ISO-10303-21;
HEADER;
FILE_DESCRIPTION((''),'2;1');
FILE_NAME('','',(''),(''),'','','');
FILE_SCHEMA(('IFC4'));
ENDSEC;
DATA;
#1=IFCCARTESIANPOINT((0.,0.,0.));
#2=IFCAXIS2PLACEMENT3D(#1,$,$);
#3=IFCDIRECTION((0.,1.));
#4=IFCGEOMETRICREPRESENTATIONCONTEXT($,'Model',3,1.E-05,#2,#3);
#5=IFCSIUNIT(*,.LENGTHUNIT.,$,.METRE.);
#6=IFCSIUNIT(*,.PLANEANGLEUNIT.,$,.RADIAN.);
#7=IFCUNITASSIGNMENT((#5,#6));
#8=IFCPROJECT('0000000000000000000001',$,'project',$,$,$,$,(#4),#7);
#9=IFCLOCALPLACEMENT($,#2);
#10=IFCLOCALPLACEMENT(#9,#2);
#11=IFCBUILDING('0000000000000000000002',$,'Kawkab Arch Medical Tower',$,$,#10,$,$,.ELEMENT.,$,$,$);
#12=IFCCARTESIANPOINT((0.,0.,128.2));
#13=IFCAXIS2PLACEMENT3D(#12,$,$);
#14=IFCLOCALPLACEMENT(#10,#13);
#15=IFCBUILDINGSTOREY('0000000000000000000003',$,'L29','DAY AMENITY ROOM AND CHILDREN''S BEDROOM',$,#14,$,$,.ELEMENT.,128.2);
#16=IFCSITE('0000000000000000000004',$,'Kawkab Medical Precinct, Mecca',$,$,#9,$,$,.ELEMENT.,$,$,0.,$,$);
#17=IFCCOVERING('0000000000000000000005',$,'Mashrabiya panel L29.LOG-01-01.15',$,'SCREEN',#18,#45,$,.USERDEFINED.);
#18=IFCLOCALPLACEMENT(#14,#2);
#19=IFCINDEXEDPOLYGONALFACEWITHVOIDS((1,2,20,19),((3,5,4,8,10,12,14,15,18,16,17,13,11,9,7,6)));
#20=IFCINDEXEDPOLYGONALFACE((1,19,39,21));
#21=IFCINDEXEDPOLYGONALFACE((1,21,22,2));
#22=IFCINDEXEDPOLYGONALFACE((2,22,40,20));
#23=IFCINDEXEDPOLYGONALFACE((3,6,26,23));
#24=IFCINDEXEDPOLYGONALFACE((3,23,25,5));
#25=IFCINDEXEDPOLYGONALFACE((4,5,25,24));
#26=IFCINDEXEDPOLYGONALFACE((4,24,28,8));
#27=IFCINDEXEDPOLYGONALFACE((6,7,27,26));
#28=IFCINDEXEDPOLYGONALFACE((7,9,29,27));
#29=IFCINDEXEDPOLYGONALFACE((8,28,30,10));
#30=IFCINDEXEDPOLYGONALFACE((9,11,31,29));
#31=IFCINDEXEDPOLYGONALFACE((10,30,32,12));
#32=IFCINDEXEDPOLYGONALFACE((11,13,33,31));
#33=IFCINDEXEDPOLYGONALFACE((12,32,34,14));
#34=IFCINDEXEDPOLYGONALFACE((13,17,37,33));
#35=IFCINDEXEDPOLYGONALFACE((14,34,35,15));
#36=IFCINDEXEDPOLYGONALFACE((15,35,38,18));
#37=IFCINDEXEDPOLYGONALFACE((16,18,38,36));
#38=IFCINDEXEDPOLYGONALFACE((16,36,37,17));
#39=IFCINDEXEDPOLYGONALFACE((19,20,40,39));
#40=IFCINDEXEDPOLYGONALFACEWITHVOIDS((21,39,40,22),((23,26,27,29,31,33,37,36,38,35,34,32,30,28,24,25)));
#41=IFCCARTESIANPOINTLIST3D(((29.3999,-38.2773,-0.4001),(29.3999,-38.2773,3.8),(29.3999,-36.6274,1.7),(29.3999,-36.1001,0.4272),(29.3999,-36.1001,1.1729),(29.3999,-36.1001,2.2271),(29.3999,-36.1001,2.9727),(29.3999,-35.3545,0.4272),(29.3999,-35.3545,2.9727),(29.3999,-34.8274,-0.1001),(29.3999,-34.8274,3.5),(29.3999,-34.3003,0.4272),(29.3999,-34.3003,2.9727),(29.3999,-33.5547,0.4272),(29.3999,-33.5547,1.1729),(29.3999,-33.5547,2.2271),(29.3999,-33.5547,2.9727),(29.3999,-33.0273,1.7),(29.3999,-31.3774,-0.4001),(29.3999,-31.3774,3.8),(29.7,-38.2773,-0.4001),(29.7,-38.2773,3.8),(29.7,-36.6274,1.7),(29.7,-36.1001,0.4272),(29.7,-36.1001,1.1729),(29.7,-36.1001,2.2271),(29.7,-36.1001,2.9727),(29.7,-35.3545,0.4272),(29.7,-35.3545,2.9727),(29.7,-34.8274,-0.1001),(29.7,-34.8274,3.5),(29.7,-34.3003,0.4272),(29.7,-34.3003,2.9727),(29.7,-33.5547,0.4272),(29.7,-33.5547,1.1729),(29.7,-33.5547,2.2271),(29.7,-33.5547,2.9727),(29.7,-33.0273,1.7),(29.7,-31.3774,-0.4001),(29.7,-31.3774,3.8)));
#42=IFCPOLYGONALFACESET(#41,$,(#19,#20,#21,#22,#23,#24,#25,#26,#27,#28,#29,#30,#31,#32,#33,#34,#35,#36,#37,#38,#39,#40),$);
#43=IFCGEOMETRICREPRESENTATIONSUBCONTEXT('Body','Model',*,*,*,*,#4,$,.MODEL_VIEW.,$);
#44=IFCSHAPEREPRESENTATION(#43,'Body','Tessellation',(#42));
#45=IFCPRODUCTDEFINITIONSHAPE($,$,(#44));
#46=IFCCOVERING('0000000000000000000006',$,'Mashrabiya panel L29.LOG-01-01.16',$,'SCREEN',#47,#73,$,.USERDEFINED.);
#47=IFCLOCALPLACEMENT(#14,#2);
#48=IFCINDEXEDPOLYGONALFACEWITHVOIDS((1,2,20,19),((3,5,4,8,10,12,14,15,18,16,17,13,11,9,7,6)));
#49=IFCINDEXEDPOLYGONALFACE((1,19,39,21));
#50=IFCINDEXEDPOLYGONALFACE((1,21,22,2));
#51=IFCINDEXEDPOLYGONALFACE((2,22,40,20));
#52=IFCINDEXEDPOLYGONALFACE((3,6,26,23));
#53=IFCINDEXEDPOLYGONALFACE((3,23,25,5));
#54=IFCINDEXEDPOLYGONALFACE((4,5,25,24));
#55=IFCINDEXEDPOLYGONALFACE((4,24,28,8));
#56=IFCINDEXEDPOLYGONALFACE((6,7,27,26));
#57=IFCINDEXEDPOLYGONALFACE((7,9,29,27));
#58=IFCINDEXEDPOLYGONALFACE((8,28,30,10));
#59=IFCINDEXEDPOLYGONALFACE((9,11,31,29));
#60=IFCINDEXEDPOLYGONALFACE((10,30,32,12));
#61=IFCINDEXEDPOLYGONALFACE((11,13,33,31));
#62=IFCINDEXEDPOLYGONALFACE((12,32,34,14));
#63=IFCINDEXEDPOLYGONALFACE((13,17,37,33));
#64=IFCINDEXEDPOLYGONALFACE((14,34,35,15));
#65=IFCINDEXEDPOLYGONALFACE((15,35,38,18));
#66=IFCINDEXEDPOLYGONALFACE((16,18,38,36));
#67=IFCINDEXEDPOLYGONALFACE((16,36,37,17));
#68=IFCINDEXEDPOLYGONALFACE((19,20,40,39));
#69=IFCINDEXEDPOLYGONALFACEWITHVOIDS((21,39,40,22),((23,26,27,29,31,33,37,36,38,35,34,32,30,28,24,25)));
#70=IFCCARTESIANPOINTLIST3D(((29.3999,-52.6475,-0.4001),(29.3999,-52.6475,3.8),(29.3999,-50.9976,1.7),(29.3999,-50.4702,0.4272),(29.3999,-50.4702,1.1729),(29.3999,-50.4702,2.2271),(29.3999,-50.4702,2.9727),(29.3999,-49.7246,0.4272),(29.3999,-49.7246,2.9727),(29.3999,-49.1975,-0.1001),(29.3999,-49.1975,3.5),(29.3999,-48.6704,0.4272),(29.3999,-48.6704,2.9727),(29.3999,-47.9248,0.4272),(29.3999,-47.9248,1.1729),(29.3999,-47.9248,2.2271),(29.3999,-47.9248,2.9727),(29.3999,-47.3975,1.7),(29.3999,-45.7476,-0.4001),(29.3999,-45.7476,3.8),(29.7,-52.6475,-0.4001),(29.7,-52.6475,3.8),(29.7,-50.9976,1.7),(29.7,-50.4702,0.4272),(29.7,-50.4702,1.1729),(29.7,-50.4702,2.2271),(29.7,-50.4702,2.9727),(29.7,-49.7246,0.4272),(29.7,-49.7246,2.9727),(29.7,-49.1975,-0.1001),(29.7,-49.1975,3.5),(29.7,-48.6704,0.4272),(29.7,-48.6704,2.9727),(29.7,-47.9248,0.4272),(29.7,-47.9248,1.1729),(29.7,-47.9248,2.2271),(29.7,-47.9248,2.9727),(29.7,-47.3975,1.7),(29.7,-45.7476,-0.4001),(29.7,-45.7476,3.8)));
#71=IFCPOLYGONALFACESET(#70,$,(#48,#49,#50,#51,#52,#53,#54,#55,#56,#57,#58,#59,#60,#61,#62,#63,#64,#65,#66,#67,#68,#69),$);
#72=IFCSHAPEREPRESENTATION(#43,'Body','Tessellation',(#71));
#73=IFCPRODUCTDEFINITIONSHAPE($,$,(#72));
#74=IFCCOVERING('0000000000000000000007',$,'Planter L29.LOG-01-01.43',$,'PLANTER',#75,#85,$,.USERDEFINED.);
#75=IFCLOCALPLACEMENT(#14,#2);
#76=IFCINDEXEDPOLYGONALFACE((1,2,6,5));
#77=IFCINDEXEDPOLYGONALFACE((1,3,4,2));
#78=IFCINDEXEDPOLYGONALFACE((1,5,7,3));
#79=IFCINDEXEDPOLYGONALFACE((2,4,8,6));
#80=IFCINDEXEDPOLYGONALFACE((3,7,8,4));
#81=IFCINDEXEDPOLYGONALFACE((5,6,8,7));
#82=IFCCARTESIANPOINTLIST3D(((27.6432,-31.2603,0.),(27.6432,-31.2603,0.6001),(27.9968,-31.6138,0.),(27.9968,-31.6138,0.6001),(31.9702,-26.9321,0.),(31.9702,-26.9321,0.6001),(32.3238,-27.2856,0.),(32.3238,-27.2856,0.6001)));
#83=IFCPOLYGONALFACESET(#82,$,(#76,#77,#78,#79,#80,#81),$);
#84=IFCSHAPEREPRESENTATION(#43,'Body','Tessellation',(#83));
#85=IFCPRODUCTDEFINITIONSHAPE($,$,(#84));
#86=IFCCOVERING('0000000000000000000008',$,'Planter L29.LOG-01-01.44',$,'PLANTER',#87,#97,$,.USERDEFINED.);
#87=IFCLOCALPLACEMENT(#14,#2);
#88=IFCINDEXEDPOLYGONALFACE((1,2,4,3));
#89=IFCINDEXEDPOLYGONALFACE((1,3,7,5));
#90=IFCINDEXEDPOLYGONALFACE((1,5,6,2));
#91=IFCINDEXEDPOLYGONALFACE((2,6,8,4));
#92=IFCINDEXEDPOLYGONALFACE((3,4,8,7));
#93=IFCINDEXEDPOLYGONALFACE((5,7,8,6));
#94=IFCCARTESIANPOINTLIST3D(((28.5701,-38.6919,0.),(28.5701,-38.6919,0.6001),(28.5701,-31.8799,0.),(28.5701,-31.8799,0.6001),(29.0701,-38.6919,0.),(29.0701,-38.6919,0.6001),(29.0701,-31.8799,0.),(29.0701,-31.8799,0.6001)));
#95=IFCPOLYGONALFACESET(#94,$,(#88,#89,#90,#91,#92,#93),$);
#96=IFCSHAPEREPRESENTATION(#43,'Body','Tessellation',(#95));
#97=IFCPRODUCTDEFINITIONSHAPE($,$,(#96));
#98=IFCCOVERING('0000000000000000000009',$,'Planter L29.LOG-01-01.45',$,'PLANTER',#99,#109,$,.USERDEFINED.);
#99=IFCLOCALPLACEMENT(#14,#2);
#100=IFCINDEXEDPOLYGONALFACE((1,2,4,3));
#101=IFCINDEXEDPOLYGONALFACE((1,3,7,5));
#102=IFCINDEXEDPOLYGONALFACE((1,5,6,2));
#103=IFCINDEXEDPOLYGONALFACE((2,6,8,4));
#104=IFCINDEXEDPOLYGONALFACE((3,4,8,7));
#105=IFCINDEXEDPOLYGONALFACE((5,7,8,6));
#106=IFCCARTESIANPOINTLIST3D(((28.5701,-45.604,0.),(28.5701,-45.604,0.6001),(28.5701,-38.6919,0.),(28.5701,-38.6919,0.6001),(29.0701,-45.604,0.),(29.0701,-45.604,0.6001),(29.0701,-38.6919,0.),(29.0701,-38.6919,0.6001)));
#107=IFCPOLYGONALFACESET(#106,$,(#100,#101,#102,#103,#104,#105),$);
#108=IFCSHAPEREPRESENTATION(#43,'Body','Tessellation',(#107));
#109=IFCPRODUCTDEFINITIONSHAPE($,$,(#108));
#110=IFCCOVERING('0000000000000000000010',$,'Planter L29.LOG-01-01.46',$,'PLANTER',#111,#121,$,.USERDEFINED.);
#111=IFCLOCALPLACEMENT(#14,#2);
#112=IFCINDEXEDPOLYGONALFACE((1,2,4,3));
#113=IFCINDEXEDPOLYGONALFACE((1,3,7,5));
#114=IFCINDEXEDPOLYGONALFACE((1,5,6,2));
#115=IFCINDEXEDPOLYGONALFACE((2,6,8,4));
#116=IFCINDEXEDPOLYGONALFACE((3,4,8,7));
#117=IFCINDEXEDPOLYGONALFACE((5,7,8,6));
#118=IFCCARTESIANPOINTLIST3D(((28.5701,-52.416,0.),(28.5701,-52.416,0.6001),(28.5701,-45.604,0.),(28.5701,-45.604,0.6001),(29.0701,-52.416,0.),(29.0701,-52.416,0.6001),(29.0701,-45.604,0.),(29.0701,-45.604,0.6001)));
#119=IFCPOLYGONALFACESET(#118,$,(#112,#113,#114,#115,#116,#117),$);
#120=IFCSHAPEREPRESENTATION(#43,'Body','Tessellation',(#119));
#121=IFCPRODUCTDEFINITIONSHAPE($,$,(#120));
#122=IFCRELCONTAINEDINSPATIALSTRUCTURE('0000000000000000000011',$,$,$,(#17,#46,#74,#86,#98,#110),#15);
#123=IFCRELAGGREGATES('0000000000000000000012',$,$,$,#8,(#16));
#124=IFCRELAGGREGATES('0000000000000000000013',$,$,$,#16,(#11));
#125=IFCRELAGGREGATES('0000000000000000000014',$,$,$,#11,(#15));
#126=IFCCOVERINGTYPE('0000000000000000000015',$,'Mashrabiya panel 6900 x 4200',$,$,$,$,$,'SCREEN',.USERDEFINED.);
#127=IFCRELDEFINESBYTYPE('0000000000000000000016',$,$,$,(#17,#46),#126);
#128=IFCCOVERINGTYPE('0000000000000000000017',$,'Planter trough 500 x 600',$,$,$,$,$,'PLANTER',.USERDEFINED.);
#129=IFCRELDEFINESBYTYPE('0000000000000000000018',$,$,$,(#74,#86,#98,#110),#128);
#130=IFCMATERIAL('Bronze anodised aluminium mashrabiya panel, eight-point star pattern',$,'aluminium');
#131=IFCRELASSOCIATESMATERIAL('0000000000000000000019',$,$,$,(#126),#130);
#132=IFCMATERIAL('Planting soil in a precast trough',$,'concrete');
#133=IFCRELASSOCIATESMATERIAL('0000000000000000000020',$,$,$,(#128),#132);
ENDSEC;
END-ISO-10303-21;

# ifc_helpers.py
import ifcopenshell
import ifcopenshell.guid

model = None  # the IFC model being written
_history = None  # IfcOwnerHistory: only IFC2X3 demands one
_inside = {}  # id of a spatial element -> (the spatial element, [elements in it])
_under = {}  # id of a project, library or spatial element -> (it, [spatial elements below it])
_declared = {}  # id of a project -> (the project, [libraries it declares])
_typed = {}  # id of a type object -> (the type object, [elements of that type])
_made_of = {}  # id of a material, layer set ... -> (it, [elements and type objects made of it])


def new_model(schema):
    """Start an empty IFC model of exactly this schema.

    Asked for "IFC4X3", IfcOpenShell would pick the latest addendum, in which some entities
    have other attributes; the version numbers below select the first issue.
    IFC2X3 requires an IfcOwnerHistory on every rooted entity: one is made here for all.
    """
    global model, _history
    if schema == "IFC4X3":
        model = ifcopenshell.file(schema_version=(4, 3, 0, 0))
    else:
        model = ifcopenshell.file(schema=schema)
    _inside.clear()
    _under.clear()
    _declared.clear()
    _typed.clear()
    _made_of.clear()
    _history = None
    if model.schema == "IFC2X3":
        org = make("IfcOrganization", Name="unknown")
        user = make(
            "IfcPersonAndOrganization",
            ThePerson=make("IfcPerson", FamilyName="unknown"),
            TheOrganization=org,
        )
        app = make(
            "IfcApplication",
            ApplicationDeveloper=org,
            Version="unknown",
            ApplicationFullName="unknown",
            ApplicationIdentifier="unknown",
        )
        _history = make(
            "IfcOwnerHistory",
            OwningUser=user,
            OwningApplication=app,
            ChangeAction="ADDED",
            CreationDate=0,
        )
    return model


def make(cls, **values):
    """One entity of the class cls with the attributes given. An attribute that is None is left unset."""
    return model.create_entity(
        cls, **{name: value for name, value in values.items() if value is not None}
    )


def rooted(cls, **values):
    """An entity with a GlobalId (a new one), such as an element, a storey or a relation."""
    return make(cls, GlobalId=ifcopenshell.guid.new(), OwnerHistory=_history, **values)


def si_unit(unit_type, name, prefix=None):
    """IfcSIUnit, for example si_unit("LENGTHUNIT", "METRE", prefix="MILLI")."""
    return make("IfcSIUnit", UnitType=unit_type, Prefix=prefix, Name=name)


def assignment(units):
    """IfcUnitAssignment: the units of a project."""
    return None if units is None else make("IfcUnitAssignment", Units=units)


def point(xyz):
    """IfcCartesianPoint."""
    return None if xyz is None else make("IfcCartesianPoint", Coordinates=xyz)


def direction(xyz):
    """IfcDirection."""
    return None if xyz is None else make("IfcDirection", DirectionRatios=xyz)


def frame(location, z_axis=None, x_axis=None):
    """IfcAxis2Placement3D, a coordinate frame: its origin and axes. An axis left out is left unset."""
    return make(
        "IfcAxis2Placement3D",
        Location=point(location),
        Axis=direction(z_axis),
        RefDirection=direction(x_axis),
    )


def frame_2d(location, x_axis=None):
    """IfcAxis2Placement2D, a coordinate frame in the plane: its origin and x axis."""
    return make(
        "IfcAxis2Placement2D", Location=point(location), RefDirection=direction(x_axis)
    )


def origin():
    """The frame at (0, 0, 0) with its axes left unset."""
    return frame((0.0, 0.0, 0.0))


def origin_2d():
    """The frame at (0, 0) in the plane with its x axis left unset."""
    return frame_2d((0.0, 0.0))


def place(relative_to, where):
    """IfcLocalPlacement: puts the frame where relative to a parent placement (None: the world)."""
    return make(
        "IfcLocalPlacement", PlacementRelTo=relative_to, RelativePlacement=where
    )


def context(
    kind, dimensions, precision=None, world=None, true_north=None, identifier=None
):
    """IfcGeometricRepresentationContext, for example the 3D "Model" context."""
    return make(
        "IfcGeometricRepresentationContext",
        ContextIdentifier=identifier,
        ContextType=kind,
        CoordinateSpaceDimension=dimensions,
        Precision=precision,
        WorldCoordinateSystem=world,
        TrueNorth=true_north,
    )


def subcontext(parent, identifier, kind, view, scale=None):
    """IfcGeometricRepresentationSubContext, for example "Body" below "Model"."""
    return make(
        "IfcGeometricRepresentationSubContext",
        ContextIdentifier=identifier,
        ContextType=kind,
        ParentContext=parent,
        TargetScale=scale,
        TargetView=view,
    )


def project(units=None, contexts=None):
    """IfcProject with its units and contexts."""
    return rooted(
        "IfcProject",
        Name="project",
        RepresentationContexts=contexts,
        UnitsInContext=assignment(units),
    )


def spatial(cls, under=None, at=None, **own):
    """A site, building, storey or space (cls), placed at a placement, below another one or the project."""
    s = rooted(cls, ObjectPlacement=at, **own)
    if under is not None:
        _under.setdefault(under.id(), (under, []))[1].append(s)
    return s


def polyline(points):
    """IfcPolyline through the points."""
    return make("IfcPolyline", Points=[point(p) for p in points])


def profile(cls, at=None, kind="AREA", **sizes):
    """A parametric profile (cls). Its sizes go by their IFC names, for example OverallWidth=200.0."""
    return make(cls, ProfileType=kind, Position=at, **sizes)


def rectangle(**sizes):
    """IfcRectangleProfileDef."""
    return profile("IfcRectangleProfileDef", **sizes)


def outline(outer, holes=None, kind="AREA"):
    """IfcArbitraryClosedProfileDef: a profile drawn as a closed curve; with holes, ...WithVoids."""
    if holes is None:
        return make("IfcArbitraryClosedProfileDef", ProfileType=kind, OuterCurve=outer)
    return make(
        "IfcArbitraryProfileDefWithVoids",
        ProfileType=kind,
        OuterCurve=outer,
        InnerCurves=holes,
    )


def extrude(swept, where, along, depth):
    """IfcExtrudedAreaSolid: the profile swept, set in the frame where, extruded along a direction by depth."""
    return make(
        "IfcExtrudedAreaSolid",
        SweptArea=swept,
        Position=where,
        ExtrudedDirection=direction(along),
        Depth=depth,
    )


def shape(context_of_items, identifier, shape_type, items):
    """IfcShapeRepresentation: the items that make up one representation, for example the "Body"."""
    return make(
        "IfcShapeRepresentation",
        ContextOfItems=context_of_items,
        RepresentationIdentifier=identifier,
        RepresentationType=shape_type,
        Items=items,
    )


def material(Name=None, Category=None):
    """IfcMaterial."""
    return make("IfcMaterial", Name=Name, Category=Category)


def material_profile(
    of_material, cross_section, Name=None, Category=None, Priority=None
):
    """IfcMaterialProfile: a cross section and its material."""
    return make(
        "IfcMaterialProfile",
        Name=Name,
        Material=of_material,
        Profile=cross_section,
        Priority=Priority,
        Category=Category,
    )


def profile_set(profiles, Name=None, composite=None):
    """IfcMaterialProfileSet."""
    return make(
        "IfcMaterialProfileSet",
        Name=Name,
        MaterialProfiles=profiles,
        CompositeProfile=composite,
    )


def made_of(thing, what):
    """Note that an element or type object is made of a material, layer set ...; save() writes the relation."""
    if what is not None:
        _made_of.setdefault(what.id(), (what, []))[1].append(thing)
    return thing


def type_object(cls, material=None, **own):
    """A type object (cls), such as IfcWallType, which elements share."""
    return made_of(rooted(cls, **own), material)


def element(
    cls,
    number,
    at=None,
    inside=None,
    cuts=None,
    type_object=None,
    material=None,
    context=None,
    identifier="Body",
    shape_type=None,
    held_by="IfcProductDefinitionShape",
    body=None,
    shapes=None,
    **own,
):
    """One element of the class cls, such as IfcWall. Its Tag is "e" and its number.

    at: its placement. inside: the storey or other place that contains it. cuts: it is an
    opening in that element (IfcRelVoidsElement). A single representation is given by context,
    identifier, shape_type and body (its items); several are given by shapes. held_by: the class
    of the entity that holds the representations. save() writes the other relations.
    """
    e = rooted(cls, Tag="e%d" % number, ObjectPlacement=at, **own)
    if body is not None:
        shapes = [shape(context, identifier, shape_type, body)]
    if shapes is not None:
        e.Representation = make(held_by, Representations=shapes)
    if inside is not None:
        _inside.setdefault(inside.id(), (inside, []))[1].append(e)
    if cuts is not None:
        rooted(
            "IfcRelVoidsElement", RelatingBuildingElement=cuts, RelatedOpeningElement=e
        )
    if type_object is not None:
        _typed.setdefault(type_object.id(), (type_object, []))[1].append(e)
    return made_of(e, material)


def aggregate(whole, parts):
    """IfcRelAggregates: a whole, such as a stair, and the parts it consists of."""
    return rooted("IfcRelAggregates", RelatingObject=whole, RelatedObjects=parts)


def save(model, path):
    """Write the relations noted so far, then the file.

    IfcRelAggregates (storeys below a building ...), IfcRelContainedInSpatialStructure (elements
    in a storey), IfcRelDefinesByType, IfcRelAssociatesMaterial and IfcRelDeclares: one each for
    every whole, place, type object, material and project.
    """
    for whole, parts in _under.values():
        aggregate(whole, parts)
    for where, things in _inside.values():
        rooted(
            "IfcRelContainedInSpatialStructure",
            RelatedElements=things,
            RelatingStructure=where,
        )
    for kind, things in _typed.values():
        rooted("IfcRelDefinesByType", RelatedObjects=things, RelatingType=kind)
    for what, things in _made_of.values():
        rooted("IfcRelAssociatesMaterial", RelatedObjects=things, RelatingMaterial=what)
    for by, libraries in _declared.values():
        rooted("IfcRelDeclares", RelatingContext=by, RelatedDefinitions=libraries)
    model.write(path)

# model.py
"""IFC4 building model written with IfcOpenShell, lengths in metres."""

from ifc_helpers import new_model, si_unit, direction, frame, origin, origin_2d, place, context, subcontext, project, spatial, polyline, rectangle, outline, extrude, material, material_profile, profile_set, type_object, element, save


model = new_model("IFC4")

# Units and contexts
model_context = context("Model", 3, precision=1e-05, world=origin(), true_north=direction((0.0, 1.0)))
body_context = subcontext(model_context, "Body", "Model", "MODEL_VIEW")
ifc_project = project(units=[si_unit("LENGTHUNIT", "METRE"), si_unit("PLANEANGLEUNIT", "RADIAN")], contexts=[model_context])

# Site, building, storey
site_placement = place(None, origin())
site = spatial("IfcSite", under=ifc_project, at=site_placement, Name="Kawkab Medical Precinct, Mecca", CompositionType="ELEMENT", RefElevation=0.0)
building_placement = place(site_placement, origin())
building = spatial("IfcBuilding", under=site, at=building_placement, Name="Kawkab Arch Medical Tower", CompositionType="ELEMENT")
storey_placement = place(building_placement, frame((0.0, 0.0, 128.2)))
storey = spatial("IfcBuildingStorey", under=building, at=storey_placement, Name="L29", Description="DAY AMENITY ROOM AND CHILDREN'S BEDROOM", CompositionType="ELEMENT", Elevation=128.2)

# Coverings
ifc_material_1 = material(Name="Bronze anodised aluminium mashrabiya panel, eight-point star pattern", Category="aluminium")
ifc_material_profile_1 = material_profile(ifc_material_1, outline(polyline([(-3.45, -2.1001), (3.45, -2.1001), (3.45, 2.1001), (-3.45, 2.1001), (-3.45, -2.1001)]), holes=[polyline([(1.8, 0.0), (1.2727, 0.5271), (1.2727, 1.2727), (0.5271, 1.2727), (0.0, 1.8), (-0.5271, 1.2727), (-1.2727, 1.2727), (-1.2727, 0.5271), (-1.8, 0.0), (-1.2727, -0.5271), (-1.2727, -1.2727), (-0.5271, -1.2727), (0.0, -1.8), (0.5271, -1.2727), (1.2727, -1.2727), (1.2727, -0.5271), (1.8, 0.0)])]), Name="Mashrabiya panel 6900x4200")
ifc_profile_set_1 = profile_set([ifc_material_profile_1], Name="Bronze anodised aluminium mashrabiya panel, eight-point star pattern")
covering_type_1 = type_object("IfcCoveringType", Name="Mashrabiya panel 6900 x 4200", ElementType="SCREEN", PredefinedType="USERDEFINED", material=ifc_profile_set_1)
for number, where, z_axis, x_axis, name in (
    (1, (29.3999, -34.8274, 1.7), (1.0, 0.0, 0.0), (0.0, 1.0, 0.0), "Mashrabiya panel L29.LOG-01-01.15"),
    (2, (29.3999, -49.1975, 1.7), (1.0, 0.0, 0.0), (0.0, 1.0, 0.0), "Mashrabiya panel L29.LOG-01-01.16"),
):
    element("IfcCovering", number, at=place(storey_placement, frame(where, z_axis=z_axis, x_axis=x_axis)), inside=storey, type_object=covering_type_1, Name=name, ObjectType="SCREEN", PredefinedType="USERDEFINED", context=body_context, shape_type="SweptSolid", body=[
        extrude(outline(polyline([(-3.45, -2.1001), (3.45, -2.1001), (3.45, 2.1001), (-3.45, 2.1001), (-3.45, -2.1001)]), holes=[polyline([(1.8, 0.0), (1.2727, 0.5271), (1.2727, 1.2727), (0.5271, 1.2727), (0.0, 1.8), (-0.5271, 1.2727), (-1.2727, 1.2727), (-1.2727, 0.5271), (-1.8, 0.0), (-1.2727, -0.5271), (-1.2727, -1.2727), (-0.5271, -1.2727), (0.0, -1.8), (0.5271, -1.2727), (1.2727, -1.2727), (1.2727, -0.5271), (1.8, 0.0)])]), origin(), (0.0, 0.0, 1.0), 0.3),
    ])
ifc_material_2 = material(Name="Planting soil in a precast trough", Category="concrete")
ifc_material_profile_2 = material_profile(ifc_material_2, rectangle(XDim=0.5, YDim=0.6001, at=origin_2d()), Name="Trough 500x600")
ifc_profile_set_2 = profile_set([ifc_material_profile_2], Name="Planting soil in a precast trough")
covering_type_2 = type_object("IfcCoveringType", Name="Planter trough 500 x 600", ElementType="PLANTER", PredefinedType="USERDEFINED", material=ifc_profile_set_2)
covering_1_placement = place(storey_placement, frame((32.147, -27.1089, 0.3), z_axis=(-0.707007, -0.707207, 0.0), x_axis=(0.707207, -0.707007, 0.0)))
element("IfcCovering", 3, at=covering_1_placement, inside=storey, type_object=covering_type_2, Name="Planter L29.LOG-01-01.43", ObjectType="PLANTER", PredefinedType="USERDEFINED", context=body_context, shape_type="SweptSolid", body=[
    extrude(rectangle(XDim=0.5, YDim=0.6001, at=origin_2d()), origin(), (0.0, 0.0, 1.0), 6.1201),
])
covering_2_placement = place(storey_placement, frame((28.8201, -31.8799, 0.3), z_axis=(0.0, -1.0, 0.0), x_axis=(1.0, 0.0, 0.0)))
element("IfcCovering", 4, at=covering_2_placement, inside=storey, type_object=covering_type_2, Name="Planter L29.LOG-01-01.44", ObjectType="PLANTER", PredefinedType="USERDEFINED", context=body_context, shape_type="SweptSolid", body=[
    extrude(rectangle(XDim=0.5, YDim=0.6001, at=origin_2d()), origin(), (0.0, 0.0, 1.0), 6.812),
])
covering_3_placement = place(storey_placement, frame((28.8201, -38.6919, 0.3), z_axis=(0.0, -1.0, 0.0), x_axis=(1.0, 0.0, 0.0)))
element("IfcCovering", 5, at=covering_3_placement, inside=storey, type_object=covering_type_2, Name="Planter L29.LOG-01-01.45", ObjectType="PLANTER", PredefinedType="USERDEFINED", context=body_context, shape_type="SweptSolid", body=[
    extrude(rectangle(XDim=0.5, YDim=0.6001, at=origin_2d()), origin(), (0.0, 0.0, 1.0), 6.9121),
])
covering_4_placement = place(storey_placement, frame((28.8201, -45.604, 0.3), z_axis=(0.0, -1.0, 0.0), x_axis=(1.0, 0.0, 0.0)))
element("IfcCovering", 6, at=covering_4_placement, inside=storey, type_object=covering_type_2, Name="Planter L29.LOG-01-01.46", ObjectType="PLANTER", PredefinedType="USERDEFINED", context=body_context, shape_type="SweptSolid", body=[
    extrude(rectangle(XDim=0.5, YDim=0.6001, at=origin_2d()), origin(), (0.0, 0.0, 1.0), 6.812),
])

save(model, "model.ifc")
